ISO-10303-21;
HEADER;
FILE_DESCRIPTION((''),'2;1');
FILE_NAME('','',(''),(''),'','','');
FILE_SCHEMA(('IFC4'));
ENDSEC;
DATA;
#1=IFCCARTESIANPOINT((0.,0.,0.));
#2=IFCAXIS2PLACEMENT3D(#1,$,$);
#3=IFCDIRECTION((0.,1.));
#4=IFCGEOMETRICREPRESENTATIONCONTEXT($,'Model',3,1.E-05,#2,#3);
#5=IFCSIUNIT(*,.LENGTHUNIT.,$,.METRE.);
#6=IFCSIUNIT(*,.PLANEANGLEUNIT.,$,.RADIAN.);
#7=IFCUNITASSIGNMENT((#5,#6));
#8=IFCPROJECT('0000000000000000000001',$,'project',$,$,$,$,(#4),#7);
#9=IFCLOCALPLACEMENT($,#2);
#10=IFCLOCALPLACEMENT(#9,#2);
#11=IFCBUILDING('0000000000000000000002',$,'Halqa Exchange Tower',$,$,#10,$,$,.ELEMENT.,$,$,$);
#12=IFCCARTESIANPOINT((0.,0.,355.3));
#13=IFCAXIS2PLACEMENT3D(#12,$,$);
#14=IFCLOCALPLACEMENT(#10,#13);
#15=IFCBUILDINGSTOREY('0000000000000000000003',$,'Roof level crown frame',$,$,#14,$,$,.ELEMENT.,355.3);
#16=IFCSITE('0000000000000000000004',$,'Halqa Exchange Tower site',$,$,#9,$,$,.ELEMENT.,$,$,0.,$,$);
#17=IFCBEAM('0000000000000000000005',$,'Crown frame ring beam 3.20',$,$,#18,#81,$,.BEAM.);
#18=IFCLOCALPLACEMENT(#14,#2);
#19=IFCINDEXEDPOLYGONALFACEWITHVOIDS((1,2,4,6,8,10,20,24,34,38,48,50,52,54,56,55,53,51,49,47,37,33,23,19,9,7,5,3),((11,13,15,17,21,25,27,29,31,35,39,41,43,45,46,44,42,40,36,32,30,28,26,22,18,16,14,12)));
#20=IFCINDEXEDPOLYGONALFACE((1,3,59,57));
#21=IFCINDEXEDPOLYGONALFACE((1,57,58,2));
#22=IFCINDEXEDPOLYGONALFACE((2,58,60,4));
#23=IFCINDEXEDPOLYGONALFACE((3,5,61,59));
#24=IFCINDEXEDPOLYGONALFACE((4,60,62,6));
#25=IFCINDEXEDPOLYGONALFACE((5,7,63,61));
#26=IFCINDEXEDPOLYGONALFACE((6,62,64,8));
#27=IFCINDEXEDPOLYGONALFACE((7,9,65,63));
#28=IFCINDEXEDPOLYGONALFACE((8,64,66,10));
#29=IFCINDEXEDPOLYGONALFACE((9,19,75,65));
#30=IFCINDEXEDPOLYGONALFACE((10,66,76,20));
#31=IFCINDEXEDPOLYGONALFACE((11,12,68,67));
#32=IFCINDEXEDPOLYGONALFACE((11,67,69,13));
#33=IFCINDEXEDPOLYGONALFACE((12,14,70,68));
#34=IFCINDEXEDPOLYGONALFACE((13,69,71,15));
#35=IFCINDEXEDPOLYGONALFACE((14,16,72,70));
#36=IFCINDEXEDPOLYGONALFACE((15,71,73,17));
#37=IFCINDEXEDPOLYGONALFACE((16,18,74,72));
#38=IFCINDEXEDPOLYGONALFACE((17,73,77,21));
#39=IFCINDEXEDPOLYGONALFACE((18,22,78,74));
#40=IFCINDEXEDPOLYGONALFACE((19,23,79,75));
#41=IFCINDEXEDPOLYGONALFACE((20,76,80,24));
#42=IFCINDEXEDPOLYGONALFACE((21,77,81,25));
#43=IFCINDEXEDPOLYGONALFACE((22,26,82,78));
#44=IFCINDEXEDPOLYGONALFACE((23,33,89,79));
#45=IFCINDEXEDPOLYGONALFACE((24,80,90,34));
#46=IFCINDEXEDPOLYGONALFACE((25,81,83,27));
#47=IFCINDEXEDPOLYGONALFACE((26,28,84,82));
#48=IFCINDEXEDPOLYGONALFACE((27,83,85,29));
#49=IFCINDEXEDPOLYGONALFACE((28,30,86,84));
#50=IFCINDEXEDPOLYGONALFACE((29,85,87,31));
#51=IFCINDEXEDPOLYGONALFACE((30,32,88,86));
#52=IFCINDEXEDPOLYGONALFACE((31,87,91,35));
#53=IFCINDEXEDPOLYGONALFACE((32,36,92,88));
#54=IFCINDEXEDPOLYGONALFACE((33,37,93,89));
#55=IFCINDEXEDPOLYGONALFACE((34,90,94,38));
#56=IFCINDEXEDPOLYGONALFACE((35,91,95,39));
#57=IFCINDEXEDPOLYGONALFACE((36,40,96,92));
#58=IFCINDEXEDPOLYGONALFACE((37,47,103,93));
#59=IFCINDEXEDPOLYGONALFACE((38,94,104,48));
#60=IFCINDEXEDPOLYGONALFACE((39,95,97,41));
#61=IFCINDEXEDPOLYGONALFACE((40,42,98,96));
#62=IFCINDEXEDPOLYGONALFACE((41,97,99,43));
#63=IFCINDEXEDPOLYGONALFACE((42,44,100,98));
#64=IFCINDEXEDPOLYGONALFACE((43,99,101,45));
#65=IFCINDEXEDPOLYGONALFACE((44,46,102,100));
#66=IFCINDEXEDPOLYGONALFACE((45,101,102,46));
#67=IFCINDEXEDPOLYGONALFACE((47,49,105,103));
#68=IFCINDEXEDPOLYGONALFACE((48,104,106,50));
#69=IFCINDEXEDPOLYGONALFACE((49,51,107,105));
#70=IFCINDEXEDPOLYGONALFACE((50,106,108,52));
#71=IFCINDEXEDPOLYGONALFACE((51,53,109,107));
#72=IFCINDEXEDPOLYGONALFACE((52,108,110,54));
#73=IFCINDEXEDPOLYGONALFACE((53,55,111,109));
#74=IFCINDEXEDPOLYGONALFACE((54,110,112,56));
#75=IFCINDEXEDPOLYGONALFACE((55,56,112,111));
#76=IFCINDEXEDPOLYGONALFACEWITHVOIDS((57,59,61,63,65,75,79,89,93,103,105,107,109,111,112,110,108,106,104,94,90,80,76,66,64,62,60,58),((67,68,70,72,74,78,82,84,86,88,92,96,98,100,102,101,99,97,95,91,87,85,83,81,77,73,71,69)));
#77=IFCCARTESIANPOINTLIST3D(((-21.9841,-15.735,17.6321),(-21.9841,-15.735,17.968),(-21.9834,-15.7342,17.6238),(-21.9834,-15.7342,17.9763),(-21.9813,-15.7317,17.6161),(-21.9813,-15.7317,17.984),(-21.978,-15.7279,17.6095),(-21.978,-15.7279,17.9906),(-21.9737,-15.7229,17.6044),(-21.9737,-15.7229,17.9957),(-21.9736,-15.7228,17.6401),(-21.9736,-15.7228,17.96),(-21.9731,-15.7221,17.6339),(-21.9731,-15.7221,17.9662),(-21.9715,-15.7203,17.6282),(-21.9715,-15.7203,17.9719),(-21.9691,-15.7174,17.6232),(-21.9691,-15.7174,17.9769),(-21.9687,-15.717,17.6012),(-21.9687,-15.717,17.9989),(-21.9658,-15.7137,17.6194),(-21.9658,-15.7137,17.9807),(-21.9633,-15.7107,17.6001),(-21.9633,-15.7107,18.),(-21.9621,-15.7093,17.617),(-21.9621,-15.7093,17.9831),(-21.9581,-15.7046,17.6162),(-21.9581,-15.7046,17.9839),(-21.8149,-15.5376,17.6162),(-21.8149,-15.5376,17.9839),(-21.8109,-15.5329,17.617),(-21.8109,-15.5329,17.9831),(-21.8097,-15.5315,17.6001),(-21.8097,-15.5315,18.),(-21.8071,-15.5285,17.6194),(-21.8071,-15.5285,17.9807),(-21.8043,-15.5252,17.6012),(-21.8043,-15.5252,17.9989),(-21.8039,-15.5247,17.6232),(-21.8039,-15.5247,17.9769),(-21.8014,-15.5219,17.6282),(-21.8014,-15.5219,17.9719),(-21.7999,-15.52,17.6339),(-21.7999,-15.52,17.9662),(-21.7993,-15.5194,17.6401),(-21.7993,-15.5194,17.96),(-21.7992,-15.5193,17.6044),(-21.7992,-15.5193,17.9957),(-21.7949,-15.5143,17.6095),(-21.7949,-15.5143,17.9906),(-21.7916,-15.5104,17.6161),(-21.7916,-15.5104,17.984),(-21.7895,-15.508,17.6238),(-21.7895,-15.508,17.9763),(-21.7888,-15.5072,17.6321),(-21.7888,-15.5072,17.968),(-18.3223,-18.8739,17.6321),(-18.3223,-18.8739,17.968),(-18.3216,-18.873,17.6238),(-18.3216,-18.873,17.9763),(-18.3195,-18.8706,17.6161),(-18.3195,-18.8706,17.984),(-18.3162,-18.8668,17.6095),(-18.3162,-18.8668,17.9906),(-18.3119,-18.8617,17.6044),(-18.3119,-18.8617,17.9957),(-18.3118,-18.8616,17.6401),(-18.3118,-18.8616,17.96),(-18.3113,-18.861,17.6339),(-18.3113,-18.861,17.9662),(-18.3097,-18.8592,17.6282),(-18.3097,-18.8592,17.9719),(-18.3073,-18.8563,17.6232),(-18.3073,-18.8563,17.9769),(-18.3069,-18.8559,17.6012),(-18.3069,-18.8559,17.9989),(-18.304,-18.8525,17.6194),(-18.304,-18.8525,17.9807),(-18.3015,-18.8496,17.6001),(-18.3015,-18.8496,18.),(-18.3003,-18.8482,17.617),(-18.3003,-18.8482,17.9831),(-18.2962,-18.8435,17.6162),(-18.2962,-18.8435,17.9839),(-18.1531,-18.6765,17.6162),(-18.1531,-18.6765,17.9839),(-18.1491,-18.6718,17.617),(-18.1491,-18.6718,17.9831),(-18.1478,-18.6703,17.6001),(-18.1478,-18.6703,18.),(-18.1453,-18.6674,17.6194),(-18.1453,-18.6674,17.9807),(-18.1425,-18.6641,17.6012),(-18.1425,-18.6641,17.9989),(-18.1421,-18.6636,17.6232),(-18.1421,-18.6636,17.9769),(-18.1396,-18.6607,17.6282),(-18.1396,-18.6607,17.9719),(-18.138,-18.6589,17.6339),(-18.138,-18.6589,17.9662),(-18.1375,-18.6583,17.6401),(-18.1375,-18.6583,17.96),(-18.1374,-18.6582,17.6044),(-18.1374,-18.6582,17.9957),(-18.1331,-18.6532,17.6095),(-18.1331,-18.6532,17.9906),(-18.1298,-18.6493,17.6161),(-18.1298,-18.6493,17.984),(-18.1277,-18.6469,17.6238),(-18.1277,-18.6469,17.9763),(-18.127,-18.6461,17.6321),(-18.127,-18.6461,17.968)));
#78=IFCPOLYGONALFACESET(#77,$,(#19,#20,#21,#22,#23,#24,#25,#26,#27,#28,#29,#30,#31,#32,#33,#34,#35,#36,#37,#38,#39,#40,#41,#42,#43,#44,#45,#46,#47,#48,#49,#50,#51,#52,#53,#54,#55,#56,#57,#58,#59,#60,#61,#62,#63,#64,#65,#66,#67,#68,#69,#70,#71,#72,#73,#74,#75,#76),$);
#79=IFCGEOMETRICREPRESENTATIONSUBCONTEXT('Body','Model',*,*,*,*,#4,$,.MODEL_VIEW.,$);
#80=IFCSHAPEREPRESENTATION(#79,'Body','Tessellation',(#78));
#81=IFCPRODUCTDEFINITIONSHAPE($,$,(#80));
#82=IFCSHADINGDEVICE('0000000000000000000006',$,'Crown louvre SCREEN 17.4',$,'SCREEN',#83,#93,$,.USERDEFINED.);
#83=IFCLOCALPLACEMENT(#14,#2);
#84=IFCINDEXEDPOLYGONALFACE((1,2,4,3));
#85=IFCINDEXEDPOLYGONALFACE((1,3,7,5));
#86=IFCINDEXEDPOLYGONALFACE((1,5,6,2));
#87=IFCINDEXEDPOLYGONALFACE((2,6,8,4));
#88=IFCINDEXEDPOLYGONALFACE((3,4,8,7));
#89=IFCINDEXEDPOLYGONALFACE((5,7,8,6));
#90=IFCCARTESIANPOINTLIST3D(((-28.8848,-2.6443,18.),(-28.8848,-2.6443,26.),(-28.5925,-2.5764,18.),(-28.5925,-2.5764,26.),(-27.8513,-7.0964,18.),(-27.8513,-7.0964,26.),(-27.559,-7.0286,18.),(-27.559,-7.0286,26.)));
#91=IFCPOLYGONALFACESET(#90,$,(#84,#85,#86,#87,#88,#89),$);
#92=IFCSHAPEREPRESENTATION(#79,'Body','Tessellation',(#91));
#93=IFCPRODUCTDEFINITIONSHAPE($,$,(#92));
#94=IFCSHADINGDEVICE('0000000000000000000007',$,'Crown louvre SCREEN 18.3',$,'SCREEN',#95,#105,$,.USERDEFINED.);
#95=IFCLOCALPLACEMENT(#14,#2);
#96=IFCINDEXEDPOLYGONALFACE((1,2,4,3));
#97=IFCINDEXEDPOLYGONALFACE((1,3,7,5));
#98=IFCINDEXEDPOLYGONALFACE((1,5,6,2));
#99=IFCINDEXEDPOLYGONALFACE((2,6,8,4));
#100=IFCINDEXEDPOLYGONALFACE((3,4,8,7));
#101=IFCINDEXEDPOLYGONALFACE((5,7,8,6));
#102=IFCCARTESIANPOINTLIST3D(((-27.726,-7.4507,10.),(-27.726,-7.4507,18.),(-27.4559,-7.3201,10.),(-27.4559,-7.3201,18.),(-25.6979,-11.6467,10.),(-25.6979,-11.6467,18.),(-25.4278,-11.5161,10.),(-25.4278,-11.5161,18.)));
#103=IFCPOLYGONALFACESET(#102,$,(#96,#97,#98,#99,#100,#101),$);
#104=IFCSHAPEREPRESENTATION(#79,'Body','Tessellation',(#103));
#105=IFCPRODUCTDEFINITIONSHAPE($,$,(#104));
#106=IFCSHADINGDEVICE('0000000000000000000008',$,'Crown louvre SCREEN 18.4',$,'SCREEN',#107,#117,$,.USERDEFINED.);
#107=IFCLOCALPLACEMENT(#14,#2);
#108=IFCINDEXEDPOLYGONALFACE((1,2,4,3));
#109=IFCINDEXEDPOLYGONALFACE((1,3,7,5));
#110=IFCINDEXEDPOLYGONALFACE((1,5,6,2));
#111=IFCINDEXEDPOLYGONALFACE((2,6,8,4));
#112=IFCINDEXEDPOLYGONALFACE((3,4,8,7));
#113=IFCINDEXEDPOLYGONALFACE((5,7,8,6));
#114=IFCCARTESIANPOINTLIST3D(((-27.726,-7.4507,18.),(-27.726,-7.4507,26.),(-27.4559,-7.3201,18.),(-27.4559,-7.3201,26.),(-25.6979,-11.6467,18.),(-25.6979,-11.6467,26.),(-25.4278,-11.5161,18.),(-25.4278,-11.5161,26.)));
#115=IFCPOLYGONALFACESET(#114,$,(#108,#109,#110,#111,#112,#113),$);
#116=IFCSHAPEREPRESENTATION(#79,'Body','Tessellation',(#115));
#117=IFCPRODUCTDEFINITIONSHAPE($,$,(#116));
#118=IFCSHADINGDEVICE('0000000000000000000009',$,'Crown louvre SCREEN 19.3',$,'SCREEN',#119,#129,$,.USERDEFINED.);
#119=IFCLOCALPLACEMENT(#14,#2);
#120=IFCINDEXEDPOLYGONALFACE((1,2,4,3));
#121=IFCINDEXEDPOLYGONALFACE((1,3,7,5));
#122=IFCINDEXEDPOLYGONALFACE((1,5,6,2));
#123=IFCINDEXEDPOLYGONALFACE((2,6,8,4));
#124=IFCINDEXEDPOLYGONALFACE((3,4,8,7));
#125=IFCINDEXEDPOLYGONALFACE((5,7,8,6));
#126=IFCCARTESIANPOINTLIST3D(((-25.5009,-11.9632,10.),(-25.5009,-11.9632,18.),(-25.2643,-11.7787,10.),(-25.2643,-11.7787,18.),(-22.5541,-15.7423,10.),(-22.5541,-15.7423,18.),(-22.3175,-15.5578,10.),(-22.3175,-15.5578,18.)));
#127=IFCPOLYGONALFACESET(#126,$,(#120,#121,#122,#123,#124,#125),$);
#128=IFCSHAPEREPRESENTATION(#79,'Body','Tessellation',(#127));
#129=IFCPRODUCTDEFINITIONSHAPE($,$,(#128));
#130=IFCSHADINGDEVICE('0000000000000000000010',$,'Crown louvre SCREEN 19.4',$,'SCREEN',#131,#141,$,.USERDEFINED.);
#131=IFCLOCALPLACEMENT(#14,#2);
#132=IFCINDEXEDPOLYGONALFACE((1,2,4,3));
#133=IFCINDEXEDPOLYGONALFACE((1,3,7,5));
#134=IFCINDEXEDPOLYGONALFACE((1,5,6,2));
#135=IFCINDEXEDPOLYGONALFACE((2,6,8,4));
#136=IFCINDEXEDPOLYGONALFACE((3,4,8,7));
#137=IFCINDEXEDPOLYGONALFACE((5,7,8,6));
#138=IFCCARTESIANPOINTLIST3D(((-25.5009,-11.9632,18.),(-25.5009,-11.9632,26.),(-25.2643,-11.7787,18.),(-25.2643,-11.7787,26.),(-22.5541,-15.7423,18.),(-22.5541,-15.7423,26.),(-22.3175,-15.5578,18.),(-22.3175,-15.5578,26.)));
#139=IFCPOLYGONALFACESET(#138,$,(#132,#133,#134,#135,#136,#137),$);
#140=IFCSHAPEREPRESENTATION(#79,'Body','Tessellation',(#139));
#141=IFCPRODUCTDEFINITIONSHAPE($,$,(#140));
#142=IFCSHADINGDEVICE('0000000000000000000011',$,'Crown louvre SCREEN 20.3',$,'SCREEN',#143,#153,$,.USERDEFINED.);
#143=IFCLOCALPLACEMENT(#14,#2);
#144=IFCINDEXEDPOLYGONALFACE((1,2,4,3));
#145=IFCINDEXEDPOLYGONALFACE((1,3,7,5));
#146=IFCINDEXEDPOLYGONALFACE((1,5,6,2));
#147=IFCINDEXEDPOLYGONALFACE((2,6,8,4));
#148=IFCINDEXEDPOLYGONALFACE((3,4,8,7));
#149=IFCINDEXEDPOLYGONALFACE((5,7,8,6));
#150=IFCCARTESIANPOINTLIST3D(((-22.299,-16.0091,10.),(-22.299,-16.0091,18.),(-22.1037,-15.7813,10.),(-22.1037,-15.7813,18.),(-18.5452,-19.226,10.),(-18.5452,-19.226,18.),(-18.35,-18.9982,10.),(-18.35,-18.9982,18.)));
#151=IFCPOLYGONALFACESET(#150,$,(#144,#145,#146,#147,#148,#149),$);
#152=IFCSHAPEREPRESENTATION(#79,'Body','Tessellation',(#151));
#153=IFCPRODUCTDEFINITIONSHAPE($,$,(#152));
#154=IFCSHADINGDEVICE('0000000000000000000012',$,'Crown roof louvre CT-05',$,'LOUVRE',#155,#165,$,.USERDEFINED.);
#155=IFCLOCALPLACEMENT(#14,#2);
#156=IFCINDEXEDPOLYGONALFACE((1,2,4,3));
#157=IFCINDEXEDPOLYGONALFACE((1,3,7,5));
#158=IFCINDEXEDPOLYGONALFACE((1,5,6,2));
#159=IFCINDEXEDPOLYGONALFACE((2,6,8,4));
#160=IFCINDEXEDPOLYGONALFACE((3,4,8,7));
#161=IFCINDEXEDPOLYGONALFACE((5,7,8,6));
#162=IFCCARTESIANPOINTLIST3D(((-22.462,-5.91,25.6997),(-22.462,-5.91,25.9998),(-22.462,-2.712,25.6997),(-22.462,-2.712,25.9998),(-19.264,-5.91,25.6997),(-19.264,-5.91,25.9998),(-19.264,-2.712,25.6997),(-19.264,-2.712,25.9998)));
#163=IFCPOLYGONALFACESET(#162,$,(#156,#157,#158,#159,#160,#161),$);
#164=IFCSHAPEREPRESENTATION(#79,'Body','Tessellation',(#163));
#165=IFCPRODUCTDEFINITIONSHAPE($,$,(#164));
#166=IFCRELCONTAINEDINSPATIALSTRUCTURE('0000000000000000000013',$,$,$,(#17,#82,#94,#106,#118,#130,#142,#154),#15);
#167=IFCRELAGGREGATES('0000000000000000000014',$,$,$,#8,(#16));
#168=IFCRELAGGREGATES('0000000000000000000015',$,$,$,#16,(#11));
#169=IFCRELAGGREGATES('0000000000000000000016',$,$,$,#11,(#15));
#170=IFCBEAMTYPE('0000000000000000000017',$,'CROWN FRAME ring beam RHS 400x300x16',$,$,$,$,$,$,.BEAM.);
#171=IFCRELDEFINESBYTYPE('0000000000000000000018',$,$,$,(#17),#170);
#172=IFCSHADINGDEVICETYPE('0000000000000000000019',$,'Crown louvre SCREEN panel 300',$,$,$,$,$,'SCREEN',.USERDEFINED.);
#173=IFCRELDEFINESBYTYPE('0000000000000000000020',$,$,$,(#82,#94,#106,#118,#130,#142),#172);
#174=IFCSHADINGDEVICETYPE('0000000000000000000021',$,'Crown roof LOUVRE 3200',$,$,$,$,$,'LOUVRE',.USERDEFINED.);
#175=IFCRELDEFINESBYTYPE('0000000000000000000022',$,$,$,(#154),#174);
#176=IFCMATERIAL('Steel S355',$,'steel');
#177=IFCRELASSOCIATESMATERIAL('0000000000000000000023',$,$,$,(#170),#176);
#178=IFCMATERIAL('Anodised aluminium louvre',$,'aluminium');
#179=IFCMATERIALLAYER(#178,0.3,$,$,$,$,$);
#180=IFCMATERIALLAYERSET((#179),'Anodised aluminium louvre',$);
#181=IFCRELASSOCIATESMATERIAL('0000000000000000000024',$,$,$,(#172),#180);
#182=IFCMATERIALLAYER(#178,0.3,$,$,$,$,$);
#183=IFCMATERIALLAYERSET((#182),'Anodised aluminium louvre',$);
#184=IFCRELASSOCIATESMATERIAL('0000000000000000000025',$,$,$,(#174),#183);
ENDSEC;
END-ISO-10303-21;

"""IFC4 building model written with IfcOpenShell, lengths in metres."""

from ifc_helpers import new_model, si_unit, direction, frame, origin, origin_2d, place, context, subcontext, project, spatial, rectangle, hollow_rectangle, extrude, material, layer, layer_set, material_profile, profile_set, type_object, element, save


model = new_model("IFC4")

# Units and contexts
model_context = context("Model", 3, precision=1e-05, world=origin(), true_north=direction((0.0, 1.0)))
body_context = subcontext(model_context, "Body", "Model", "MODEL_VIEW")
ifc_project = project(units=[si_unit("LENGTHUNIT", "METRE"), si_unit("PLANEANGLEUNIT", "RADIAN")], contexts=[model_context])

# Site, building, storey
site_placement = place(None, origin())
site = spatial("IfcSite", under=ifc_project, at=site_placement, Name="Halqa Exchange Tower site", CompositionType="ELEMENT", RefElevation=0.0)
building_placement = place(site_placement, origin())
building = spatial("IfcBuilding", under=site, at=building_placement, Name="Halqa Exchange Tower", CompositionType="ELEMENT")
storey_placement = place(building_placement, frame((0.0, 0.0, 355.3)))
storey = spatial("IfcBuildingStorey", under=building, at=storey_placement, Name="Roof level crown frame", CompositionType="ELEMENT", Elevation=355.3)

# Shared definitions
ifc_material_1 = material(Name="Steel S355", Category="steel")

# Beam
ifc_material_profile_1 = material_profile(ifc_material_1, hollow_rectangle(XDim=0.3, YDim=0.3999, WallThickness=0.0161, InnerFilletRadius=0.0239, OuterFilletRadius=0.032, at=origin_2d()), Name="RHS 400x300x16")
ifc_profile_set_1 = profile_set([ifc_material_profile_1], Name="Steel S355")
beam_type_1 = type_object("IfcBeamType", Name="CROWN FRAME ring beam RHS 400x300x16", PredefinedType="BEAM", material=ifc_profile_set_1)
beam_1_placement = place(storey_placement, frame((-21.8865, -15.6211, 17.8), z_axis=(0.759239, -0.650812, 0.0), x_axis=(0.650812, 0.759239, 0.0)))
element("IfcBeam", 1, at=beam_1_placement, inside=storey, type_object=beam_type_1, Name="Crown frame ring beam 3.20", PredefinedType="BEAM", context=body_context, shape_type="SweptSolid", body=[
    extrude(hollow_rectangle(XDim=0.3, YDim=0.3999, WallThickness=0.0161, InnerFilletRadius=0.0239, OuterFilletRadius=0.032, at=origin_2d()), origin(), (0.0, 0.0, 1.0), 4.823),
])

# Shading devices
ifc_material_2 = material(Name="Anodised aluminium louvre", Category="aluminium")
ifc_layer_1 = layer(ifc_material_2, 0.3)
ifc_layer_set_1 = layer_set([ifc_layer_1], Name="Anodised aluminium louvre")
shading_device_type_1 = type_object("IfcShadingDeviceType", Name="Crown louvre SCREEN panel 300", ElementType="SCREEN", PredefinedType="USERDEFINED", material=ifc_layer_set_1)
shading_device_1_placement = place(storey_placement, frame((-28.2219, -4.8364, 18.0), z_axis=(0.0, 0.0, 1.0), x_axis=(0.226121, -0.974099, 0.0)))
element("IfcShadingDevice", 2, at=shading_device_1_placement, inside=storey, type_object=shading_device_type_1, Name="Crown louvre SCREEN 17.4", ObjectType="SCREEN", PredefinedType="USERDEFINED", context=body_context, shape_type="SweptSolid", body=[
    extrude(rectangle(XDim=4.5706, YDim=0.3, at=origin_2d()), origin(), (0.0, 0.0, 1.0), 8.0),
])
for number, where, z_axis, x_axis, name in (
    (3, (-26.5769, -9.4834, 10.0), (0.0, 0.0, 1.0), (0.435179, -0.900344, 0.0), "Crown louvre SCREEN 18.3"),
    (4, (-26.5769, -9.4834, 18.0), (0.0, 0.0, 1.0), (0.435179, -0.900344, 0.0), "Crown louvre SCREEN 18.4"),
):
    element("IfcShadingDevice", number, at=place(storey_placement, frame(where, z_axis=z_axis, x_axis=x_axis)), inside=storey, type_object=shading_device_type_1, Name=name, ObjectType="SCREEN", PredefinedType="USERDEFINED", context=body_context, shape_type="SweptSolid", body=[
        extrude(rectangle(XDim=4.6604, YDim=0.3, at=origin_2d()), origin(), (0.0, 0.0, 1.0), 8.0),
    ])
for number, where, z_axis, x_axis, name in (
    (5, (-23.9092, -13.7605, 10.0), (0.0, 0.0, 1.0), (0.614908, -0.788599, 0.0), "Crown louvre SCREEN 19.3"),
    (6, (-23.9092, -13.7605, 18.0), (0.0, 0.0, 1.0), (0.614908, -0.788599, 0.0), "Crown louvre SCREEN 19.4"),
):
    element("IfcShadingDevice", number, at=place(storey_placement, frame(where, z_axis=z_axis, x_axis=x_axis)), inside=storey, type_object=shading_device_type_1, Name=name, ObjectType="SCREEN", PredefinedType="USERDEFINED", context=body_context, shape_type="SweptSolid", body=[
        extrude(rectangle(XDim=4.7922, YDim=0.3, at=origin_2d()), origin(), (0.0, 0.0, 1.0), 8.0),
    ])
shading_device_2_placement = place(storey_placement, frame((-20.3245, -17.5037, 10.0), z_axis=(0.0, 0.0, 1.0), x_axis=(0.759318, -0.65072, 0.0)))
element("IfcShadingDevice", 7, at=shading_device_2_placement, inside=storey, type_object=shading_device_type_1, Name="Crown louvre SCREEN 20.3", ObjectType="SCREEN", PredefinedType="USERDEFINED", context=body_context, shape_type="SweptSolid", body=[
    extrude(rectangle(XDim=4.9436, YDim=0.3, at=origin_2d()), origin(), (0.0, 0.0, 1.0), 8.0),
])
ifc_layer_2 = layer(ifc_material_2, 0.3)
ifc_layer_set_2 = layer_set([ifc_layer_2], Name="Anodised aluminium louvre")
shading_device_type_2 = type_object("IfcShadingDeviceType", Name="Crown roof LOUVRE 3200", ElementType="LOUVRE", PredefinedType="USERDEFINED", material=ifc_layer_set_2)
shading_device_3_placement = place(storey_placement, frame((-20.863, -4.311, 25.6997), z_axis=(0.0, 0.0, 1.0), x_axis=(1.0, 0.0, 0.0)))
element("IfcShadingDevice", 8, at=shading_device_3_placement, inside=storey, type_object=shading_device_type_2, Name="Crown roof louvre CT-05", ObjectType="LOUVRE", PredefinedType="USERDEFINED", context=body_context, shape_type="SweptSolid", body=[
    extrude(rectangle(XDim=3.198, YDim=3.198, at=origin_2d()), origin(), (0.0, 0.0, 1.0), 0.3),
])

save(model, "model.ifc")
